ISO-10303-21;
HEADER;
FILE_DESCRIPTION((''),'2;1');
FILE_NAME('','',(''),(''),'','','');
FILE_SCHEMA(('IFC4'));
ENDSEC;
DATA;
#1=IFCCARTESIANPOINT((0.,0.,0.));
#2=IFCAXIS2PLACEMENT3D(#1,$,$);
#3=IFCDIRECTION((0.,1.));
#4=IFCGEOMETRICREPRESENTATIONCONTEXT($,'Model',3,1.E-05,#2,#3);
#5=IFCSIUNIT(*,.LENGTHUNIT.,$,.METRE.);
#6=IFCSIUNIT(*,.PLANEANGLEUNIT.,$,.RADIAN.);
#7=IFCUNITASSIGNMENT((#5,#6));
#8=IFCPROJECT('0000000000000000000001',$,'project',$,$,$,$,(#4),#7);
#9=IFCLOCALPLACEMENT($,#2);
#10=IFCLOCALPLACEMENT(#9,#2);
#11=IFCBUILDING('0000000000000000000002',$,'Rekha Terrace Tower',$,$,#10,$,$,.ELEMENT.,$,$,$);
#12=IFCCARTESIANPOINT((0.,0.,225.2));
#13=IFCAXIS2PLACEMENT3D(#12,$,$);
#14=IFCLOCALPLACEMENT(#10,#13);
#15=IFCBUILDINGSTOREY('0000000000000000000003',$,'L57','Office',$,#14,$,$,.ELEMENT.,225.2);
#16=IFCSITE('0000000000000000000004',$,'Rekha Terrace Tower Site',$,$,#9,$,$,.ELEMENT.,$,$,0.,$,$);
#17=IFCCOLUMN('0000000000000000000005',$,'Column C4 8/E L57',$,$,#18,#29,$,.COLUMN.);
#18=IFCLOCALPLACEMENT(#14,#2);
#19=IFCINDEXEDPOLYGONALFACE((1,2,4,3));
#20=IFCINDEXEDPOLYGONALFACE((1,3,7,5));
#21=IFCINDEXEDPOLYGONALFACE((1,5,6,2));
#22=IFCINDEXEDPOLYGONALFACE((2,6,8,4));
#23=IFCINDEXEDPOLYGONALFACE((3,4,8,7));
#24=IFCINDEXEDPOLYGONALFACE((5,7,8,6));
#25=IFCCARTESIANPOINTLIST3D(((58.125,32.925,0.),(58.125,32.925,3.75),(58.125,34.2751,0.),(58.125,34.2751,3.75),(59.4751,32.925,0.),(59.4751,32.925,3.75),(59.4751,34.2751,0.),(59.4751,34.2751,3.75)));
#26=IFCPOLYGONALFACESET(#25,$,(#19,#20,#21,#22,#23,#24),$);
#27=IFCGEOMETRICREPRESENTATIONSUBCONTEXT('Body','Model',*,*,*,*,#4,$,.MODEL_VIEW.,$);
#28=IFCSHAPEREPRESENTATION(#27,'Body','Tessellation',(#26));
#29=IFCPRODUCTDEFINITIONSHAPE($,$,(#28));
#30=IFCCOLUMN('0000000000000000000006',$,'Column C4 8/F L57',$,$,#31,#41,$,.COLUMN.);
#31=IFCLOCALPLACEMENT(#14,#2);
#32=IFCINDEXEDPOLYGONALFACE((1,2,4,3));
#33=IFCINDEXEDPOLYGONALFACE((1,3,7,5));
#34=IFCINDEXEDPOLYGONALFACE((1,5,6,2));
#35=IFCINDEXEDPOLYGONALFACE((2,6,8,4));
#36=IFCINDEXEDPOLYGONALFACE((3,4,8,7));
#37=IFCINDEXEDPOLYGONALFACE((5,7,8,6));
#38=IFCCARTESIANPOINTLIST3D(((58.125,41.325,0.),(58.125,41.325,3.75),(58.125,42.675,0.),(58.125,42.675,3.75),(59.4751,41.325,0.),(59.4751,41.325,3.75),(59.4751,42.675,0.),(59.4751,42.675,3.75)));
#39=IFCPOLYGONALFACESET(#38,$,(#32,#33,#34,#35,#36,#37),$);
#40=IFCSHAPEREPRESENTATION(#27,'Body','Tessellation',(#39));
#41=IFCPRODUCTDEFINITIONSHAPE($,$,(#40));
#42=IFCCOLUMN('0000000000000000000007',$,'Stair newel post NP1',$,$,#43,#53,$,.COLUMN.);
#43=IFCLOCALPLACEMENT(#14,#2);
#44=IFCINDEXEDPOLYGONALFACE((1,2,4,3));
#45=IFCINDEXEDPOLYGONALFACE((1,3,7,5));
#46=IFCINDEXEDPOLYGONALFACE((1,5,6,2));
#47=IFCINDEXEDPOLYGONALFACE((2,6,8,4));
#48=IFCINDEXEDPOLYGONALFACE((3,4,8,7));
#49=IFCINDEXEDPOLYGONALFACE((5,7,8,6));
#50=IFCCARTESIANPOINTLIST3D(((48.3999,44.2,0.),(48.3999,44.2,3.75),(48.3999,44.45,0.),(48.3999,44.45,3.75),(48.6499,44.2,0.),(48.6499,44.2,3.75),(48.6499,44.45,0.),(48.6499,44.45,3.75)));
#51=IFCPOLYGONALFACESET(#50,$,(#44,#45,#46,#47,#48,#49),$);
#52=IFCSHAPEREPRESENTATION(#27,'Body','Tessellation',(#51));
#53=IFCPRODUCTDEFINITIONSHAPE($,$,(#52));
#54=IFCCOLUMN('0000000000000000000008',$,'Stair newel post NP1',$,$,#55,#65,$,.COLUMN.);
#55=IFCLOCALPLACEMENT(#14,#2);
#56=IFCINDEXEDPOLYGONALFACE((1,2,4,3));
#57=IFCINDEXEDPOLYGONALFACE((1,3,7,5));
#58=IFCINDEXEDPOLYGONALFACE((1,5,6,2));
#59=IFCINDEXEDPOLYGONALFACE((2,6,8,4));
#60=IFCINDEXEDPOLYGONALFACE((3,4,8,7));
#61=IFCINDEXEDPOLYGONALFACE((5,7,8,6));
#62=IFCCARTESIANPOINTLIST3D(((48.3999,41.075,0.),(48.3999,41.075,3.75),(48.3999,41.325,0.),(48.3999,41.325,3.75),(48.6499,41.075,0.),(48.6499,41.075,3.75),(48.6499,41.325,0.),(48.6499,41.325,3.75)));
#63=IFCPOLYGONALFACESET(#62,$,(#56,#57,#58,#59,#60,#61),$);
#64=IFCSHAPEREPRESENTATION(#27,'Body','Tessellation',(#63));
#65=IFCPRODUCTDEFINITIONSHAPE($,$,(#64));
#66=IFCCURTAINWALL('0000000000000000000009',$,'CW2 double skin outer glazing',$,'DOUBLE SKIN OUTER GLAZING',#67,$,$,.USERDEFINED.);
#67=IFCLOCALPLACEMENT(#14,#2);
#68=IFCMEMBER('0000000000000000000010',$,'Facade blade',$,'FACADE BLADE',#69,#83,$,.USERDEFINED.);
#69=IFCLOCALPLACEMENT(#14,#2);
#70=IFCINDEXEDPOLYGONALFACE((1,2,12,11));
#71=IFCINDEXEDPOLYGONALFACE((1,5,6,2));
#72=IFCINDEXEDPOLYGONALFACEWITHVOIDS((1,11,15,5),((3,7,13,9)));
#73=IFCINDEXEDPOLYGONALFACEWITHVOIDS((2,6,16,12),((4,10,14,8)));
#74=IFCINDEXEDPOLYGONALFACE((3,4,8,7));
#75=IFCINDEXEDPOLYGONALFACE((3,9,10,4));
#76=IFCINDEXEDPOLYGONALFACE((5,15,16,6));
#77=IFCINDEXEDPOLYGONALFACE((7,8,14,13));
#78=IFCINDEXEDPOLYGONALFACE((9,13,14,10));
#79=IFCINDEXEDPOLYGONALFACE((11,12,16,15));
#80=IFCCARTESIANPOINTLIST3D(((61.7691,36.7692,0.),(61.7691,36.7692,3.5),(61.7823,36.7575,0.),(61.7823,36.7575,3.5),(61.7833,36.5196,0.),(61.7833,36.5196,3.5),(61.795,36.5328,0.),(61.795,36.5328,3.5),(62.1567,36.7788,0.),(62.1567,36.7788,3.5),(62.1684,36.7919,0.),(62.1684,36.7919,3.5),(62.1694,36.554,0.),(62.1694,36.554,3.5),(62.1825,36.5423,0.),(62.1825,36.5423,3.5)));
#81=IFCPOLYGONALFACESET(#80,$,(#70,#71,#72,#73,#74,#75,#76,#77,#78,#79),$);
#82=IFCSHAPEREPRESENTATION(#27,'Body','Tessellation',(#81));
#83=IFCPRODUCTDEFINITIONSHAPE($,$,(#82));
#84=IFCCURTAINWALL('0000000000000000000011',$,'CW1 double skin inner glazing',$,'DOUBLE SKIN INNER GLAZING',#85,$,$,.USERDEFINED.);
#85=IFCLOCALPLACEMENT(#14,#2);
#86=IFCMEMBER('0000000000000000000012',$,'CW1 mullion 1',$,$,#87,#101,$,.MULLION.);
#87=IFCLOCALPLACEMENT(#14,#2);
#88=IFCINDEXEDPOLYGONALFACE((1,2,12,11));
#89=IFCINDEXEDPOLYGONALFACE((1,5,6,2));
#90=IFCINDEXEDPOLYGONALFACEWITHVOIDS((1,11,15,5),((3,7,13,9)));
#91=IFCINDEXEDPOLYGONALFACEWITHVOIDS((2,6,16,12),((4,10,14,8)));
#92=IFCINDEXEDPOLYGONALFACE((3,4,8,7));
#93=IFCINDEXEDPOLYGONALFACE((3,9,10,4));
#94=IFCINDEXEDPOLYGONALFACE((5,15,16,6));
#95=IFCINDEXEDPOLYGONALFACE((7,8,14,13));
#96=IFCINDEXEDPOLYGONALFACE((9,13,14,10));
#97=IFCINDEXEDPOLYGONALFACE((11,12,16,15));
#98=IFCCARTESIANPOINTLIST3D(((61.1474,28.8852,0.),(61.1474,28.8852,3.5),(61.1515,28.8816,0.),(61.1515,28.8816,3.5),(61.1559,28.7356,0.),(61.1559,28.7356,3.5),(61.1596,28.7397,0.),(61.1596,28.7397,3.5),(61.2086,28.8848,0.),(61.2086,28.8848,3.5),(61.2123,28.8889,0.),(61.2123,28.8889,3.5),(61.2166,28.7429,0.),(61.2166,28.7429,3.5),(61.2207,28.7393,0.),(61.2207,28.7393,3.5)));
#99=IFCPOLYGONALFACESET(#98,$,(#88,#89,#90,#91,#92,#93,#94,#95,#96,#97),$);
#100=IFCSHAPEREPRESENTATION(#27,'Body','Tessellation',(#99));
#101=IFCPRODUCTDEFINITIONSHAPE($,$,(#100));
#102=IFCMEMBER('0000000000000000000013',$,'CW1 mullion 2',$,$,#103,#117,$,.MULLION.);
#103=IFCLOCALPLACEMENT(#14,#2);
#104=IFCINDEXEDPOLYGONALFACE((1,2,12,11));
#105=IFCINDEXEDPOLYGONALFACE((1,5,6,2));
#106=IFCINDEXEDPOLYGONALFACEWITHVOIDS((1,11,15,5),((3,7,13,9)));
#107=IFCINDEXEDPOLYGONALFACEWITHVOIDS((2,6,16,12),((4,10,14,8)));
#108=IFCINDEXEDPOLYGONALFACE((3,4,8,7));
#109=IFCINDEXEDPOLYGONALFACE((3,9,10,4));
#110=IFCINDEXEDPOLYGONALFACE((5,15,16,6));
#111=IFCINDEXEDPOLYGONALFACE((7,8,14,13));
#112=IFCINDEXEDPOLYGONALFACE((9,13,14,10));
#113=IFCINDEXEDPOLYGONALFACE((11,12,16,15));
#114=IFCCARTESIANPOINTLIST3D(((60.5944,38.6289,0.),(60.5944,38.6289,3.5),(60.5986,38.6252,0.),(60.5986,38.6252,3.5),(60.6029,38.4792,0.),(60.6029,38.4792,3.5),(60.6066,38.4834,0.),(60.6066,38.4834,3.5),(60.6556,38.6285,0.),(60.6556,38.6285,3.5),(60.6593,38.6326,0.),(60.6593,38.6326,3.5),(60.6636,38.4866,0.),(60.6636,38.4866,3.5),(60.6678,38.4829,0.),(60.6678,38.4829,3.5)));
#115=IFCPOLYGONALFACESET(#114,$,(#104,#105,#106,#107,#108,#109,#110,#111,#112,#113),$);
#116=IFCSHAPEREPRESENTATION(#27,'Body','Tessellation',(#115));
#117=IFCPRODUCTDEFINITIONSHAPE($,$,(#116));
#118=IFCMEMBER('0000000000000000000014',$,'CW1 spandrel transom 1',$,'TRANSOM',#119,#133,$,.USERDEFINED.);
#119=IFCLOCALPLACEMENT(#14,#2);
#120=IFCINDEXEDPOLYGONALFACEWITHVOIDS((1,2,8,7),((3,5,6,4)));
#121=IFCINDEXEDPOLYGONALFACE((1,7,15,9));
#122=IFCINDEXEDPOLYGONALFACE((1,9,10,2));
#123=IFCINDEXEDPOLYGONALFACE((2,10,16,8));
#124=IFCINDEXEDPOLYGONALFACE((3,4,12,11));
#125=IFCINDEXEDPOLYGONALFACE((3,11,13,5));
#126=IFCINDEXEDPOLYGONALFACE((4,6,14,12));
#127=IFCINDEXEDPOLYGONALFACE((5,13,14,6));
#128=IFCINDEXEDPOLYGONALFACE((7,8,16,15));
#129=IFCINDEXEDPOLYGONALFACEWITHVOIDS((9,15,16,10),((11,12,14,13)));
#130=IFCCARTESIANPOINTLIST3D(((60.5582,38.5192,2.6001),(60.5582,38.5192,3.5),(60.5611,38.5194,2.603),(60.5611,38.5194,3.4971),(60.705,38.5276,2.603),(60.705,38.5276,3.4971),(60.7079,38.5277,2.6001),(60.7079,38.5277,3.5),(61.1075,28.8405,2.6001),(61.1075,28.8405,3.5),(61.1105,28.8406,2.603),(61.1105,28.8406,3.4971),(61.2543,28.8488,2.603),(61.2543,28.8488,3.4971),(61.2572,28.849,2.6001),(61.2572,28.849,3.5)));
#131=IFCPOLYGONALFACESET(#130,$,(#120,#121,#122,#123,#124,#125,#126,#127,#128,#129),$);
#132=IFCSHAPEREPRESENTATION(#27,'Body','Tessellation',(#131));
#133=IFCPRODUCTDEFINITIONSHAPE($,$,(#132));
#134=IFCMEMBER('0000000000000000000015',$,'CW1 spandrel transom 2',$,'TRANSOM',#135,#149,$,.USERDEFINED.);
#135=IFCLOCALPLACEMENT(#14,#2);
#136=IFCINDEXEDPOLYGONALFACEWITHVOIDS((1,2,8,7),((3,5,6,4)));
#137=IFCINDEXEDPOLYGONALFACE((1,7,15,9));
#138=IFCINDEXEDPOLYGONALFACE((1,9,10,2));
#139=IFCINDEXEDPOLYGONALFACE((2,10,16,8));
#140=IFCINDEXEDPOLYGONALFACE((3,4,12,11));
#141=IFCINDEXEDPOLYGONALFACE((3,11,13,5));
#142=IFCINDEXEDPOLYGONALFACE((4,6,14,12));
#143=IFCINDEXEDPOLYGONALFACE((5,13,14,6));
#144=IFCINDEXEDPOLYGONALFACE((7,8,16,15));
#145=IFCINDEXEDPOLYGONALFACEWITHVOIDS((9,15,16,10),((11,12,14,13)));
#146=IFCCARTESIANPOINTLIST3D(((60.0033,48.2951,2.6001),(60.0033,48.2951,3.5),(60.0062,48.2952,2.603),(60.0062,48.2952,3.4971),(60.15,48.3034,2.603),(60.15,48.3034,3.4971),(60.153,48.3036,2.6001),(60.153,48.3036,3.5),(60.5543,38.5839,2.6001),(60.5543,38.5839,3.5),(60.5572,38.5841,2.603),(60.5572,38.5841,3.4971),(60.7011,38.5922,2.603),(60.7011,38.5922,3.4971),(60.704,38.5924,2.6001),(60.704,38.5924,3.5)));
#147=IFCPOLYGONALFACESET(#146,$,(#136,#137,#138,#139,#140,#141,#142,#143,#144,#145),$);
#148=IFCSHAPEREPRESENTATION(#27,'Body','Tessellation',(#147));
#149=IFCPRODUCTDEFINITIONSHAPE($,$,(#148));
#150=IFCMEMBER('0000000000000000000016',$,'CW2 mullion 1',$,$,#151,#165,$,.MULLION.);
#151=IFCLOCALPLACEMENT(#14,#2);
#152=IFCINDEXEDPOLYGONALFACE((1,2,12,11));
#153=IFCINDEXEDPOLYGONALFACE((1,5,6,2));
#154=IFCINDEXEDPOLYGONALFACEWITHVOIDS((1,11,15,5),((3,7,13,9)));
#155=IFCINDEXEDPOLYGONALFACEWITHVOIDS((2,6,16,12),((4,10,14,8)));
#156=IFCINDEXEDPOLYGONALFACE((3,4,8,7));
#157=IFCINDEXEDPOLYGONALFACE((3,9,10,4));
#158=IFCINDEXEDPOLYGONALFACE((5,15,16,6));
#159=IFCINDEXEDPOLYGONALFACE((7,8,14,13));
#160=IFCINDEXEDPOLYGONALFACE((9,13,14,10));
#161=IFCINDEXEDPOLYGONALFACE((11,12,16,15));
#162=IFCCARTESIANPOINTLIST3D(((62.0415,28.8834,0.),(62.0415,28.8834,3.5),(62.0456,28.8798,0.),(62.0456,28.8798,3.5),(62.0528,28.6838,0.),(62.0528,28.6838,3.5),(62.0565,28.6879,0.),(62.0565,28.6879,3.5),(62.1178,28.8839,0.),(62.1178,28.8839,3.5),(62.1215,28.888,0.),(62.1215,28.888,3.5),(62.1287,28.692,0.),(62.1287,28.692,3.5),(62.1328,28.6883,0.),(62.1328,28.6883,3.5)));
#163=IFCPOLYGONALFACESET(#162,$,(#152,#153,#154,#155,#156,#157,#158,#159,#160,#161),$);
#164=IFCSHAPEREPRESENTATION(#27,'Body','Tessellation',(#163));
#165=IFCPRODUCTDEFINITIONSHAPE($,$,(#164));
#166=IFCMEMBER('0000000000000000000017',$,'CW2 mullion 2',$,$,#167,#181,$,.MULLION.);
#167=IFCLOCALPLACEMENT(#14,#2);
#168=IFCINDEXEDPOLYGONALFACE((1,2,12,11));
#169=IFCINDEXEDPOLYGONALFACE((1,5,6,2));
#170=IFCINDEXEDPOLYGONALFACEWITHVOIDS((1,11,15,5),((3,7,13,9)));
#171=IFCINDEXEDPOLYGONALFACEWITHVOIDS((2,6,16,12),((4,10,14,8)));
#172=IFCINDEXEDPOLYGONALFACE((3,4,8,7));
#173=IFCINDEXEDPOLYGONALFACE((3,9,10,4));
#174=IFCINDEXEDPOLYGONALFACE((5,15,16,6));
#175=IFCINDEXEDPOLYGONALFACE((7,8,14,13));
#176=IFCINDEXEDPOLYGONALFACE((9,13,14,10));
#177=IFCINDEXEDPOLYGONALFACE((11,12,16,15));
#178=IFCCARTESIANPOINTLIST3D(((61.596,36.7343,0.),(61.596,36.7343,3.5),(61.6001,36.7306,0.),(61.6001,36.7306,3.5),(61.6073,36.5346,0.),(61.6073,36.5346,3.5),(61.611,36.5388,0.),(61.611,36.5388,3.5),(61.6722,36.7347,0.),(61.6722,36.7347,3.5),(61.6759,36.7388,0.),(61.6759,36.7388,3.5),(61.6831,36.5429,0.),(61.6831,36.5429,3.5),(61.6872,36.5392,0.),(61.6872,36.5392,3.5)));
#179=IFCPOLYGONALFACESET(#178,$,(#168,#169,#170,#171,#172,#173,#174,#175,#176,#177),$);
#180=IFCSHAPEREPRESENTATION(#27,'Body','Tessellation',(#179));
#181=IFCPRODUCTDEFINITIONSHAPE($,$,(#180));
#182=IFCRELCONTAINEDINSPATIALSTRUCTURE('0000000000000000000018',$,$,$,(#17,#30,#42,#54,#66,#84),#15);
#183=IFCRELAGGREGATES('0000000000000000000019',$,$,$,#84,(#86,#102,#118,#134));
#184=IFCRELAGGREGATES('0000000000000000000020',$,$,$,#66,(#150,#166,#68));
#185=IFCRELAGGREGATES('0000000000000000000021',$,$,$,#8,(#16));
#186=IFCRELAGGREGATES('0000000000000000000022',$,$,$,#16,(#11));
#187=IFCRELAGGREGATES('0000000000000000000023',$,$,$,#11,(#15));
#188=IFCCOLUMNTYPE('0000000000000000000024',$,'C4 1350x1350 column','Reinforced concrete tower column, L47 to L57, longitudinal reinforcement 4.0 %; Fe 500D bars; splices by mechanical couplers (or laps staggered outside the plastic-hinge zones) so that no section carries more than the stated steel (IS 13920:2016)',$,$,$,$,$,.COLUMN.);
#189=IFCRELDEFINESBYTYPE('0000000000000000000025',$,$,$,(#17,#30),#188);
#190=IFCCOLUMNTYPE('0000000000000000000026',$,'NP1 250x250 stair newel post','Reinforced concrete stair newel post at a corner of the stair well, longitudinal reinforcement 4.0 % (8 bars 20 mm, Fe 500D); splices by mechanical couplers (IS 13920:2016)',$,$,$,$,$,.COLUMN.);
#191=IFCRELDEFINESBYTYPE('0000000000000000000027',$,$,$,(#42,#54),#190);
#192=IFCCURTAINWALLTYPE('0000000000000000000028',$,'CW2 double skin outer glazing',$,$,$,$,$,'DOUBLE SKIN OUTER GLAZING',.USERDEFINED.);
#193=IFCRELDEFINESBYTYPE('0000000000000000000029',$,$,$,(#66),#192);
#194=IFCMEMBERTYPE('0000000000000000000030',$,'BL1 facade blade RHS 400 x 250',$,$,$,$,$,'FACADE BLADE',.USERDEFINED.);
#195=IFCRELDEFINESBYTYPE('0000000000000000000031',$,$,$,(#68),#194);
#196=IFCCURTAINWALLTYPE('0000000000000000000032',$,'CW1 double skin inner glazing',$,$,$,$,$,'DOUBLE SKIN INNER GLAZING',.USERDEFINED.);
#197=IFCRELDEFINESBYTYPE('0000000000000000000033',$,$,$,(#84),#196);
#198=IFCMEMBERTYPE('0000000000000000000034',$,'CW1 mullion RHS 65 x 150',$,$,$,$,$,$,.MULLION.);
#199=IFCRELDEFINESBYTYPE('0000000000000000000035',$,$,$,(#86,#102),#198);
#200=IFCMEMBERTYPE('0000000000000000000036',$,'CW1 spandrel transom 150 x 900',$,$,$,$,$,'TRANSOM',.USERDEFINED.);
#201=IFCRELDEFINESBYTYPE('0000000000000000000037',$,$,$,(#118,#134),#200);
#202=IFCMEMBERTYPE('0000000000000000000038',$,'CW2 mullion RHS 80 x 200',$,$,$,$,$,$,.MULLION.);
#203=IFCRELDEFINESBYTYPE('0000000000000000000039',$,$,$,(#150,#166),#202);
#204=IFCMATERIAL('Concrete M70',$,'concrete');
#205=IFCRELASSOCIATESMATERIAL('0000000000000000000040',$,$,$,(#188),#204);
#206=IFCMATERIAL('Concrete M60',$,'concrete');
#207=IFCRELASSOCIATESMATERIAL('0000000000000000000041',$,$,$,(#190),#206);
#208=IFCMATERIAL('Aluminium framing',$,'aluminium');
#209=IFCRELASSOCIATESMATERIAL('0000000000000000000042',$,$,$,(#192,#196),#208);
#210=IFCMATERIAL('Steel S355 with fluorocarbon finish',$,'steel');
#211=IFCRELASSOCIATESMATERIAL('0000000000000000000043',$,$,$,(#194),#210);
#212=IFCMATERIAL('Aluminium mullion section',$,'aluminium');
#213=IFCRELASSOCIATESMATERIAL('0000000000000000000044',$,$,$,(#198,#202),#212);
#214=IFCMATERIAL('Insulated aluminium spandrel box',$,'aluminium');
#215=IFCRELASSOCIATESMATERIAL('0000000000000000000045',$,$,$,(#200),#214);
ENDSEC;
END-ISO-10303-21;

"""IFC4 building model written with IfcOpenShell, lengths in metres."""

from ifc_helpers import new_model, si_unit, direction, frame, origin, origin_2d, place, context, subcontext, project, spatial, rectangle, hollow_rectangle, extrude, material, material_profile, profile_set, type_object, element, aggregate, save


model = new_model("IFC4")

# Units and contexts
model_context = context("Model", 3, precision=1e-05, world=origin(), true_north=direction((0.0, 1.0)))
body_context = subcontext(model_context, "Body", "Model", "MODEL_VIEW")
ifc_project = project(units=[si_unit("LENGTHUNIT", "METRE"), si_unit("PLANEANGLEUNIT", "RADIAN")], contexts=[model_context])

# Site, building, storey
site_placement = place(None, origin())
site = spatial("IfcSite", under=ifc_project, at=site_placement, Name="Rekha Terrace Tower Site", CompositionType="ELEMENT", RefElevation=0.0)
building_placement = place(site_placement, origin())
building = spatial("IfcBuilding", under=site, at=building_placement, Name="Rekha Terrace Tower", CompositionType="ELEMENT")
storey_placement = place(building_placement, frame((0.0, 0.0, 225.2)))
storey = spatial("IfcBuildingStorey", under=building, at=storey_placement, Name="L57", Description="Office", CompositionType="ELEMENT", Elevation=225.2)

# Columns
ifc_material_1 = material(Name="Concrete M70", Category="concrete")
ifc_material_profile_1 = material_profile(ifc_material_1, rectangle(XDim=1.3501, YDim=1.3501, at=origin_2d()), Name="RC 1350x1350")
ifc_profile_set_1 = profile_set([ifc_material_profile_1], Name="Concrete M70")
column_type_1 = type_object("IfcColumnType", Name="C4 1350x1350 column", Description="Reinforced concrete tower column, L47 to L57, longitudinal reinforcement 4.0 %; Fe 500D bars; splices by mechanical couplers (or laps staggered outside the plastic-hinge zones) so that no section carries more than the stated steel (IS 13920:2016)", PredefinedType="COLUMN", material=ifc_profile_set_1)
for number, where, z_axis, x_axis, name in (
    (1, (58.8, 33.6001, 0.0), (0.0, 0.0, 1.0), (1.0, 0.0, 0.0), "Column C4 8/E L57"),
    (2, (58.8, 42.0, 0.0), (0.0, 0.0, 1.0), (1.0, 0.0, 0.0), "Column C4 8/F L57"),
):
    element("IfcColumn", number, at=place(storey_placement, frame(where, z_axis=z_axis, x_axis=x_axis)), inside=storey, type_object=column_type_1, Name=name, PredefinedType="COLUMN", context=body_context, shape_type="SweptSolid", body=[
        extrude(rectangle(XDim=1.3501, YDim=1.3501, at=origin_2d()), origin(), (0.0, 0.0, 1.0), 3.75),
    ])
ifc_material_2 = material(Name="Concrete M60", Category="concrete")
ifc_material_profile_2 = material_profile(ifc_material_2, rectangle(XDim=0.25, YDim=0.25, at=origin_2d()), Name="RC 250x250")
ifc_profile_set_2 = profile_set([ifc_material_profile_2], Name="Concrete M60")
column_type_2 = type_object("IfcColumnType", Name="NP1 250x250 stair newel post", Description="Reinforced concrete stair newel post at a corner of the stair well, longitudinal reinforcement 4.0 % (8 bars 20 mm, Fe 500D); splices by mechanical couplers (IS 13920:2016)", PredefinedType="COLUMN", material=ifc_profile_set_2)
for number, where, z_axis, x_axis, name in (
    (3, (48.5249, 44.325, 0.0), (0.0, 0.0, 1.0), (1.0, 0.0, 0.0), "Stair newel post NP1"),
    (4, (48.5249, 41.2, 0.0), (0.0, 0.0, 1.0), (1.0, 0.0, 0.0), "Stair newel post NP1"),
):
    element("IfcColumn", number, at=place(storey_placement, frame(where, z_axis=z_axis, x_axis=x_axis)), inside=storey, type_object=column_type_2, Name=name, PredefinedType="COLUMN", context=body_context, shape_type="SweptSolid", body=[
        extrude(rectangle(XDim=0.25, YDim=0.25, at=origin_2d()), origin(), (0.0, 0.0, 1.0), 3.75),
    ])

# Curtain wall, member
ifc_material_3 = material(Name="Aluminium framing", Category="aluminium")
curtain_wall_type_1 = type_object("IfcCurtainWallType", Name="CW2 double skin outer glazing", ElementType="DOUBLE SKIN OUTER GLAZING", PredefinedType="USERDEFINED", material=ifc_material_3)
curtain_wall_1_placement = place(storey_placement, origin())
curtain_wall_1 = element("IfcCurtainWall", 5, at=curtain_wall_1_placement, inside=storey, type_object=curtain_wall_type_1, Name="CW2 double skin outer glazing", ObjectType="DOUBLE SKIN OUTER GLAZING", PredefinedType="USERDEFINED")
ifc_material_4 = material(Name="Steel S355 with fluorocarbon finish", Category="steel")
ifc_material_profile_3 = material_profile(ifc_material_4, hollow_rectangle(XDim=0.25, YDim=0.3999, WallThickness=0.0125, at=origin_2d()), Name="RHS400x250x12.5")
ifc_profile_set_3 = profile_set([ifc_material_profile_3], Name="Steel S355 with fluorocarbon finish")
member_type_1 = type_object("IfcMemberType", Name="BL1 facade blade RHS 400 x 250", ElementType="FACADE BLADE", PredefinedType="USERDEFINED", material=ifc_profile_set_3)
member_1_placement = place(storey_placement, frame((61.9758, 36.6558, 0.0), z_axis=(0.0, 0.0, 1.0), x_axis=(-0.056674, 0.998393, 0.0)))
member_1 = element("IfcMember", 6, at=member_1_placement, type_object=member_type_1, Name="Facade blade", ObjectType="FACADE BLADE", PredefinedType="USERDEFINED", context=body_context, shape_type="SweptSolid", body=[
    extrude(hollow_rectangle(XDim=0.25, YDim=0.3999, WallThickness=0.0125, at=origin_2d()), origin(), (0.0, 0.0, 1.0), 3.5),
])

# Curtain wall, members
curtain_wall_type_2 = type_object("IfcCurtainWallType", Name="CW1 double skin inner glazing", ElementType="DOUBLE SKIN INNER GLAZING", PredefinedType="USERDEFINED", material=ifc_material_3)
curtain_wall_2_placement = place(storey_placement, origin())
curtain_wall_2 = element("IfcCurtainWall", 7, at=curtain_wall_2_placement, inside=storey, type_object=curtain_wall_type_2, Name="CW1 double skin inner glazing", ObjectType="DOUBLE SKIN INNER GLAZING", PredefinedType="USERDEFINED")
ifc_material_5 = material(Name="Aluminium mullion section", Category="aluminium")
ifc_material_profile_4 = material_profile(ifc_material_5, hollow_rectangle(XDim=0.0649, YDim=0.1499, WallThickness=0.0039, at=origin_2d()), Name="AL RHS 65x150")
ifc_profile_set_4 = profile_set([ifc_material_profile_4], Name="Aluminium mullion section")
member_type_2 = type_object("IfcMemberType", Name="CW1 mullion RHS 65 x 150", PredefinedType="MULLION", material=ifc_profile_set_4)
member_2_placement = place(storey_placement, frame((61.1841, 28.8123, 0.0), z_axis=(0.0, 0.0, 1.0), x_axis=(-0.998393, -0.056673, 0.0)))
member_2 = element("IfcMember", 8, at=member_2_placement, type_object=member_type_2, Name="CW1 mullion 1", PredefinedType="MULLION", context=body_context, shape_type="SweptSolid", body=[
    extrude(hollow_rectangle(XDim=0.0649, YDim=0.1499, WallThickness=0.0039, at=origin_2d()), origin(), (0.0, 0.0, 1.0), 3.5),
])
member_3_placement = place(storey_placement, frame((60.6311, 38.5559, 0.0), z_axis=(0.0, 0.0, 1.0), x_axis=(-0.998393, -0.056673, 0.0)))
member_3 = element("IfcMember", 9, at=member_3_placement, type_object=member_type_2, Name="CW1 mullion 2", PredefinedType="MULLION", context=body_context, shape_type="SweptSolid", body=[
    extrude(hollow_rectangle(XDim=0.0649, YDim=0.1499, WallThickness=0.0039, at=origin_2d()), origin(), (0.0, 0.0, 1.0), 3.5),
])
ifc_material_6 = material(Name="Insulated aluminium spandrel box", Category="aluminium")
ifc_material_profile_5 = material_profile(ifc_material_6, hollow_rectangle(XDim=0.1499, YDim=0.8999, WallThickness=0.0029, at=origin_2d()), Name="AL SPANDREL BOX 150x900")
ifc_profile_set_5 = profile_set([ifc_material_profile_5], Name="Insulated aluminium spandrel box")
member_type_3 = type_object("IfcMemberType", Name="CW1 spandrel transom 150 x 900", ElementType="TRANSOM", PredefinedType="USERDEFINED", material=ifc_profile_set_5)
member_4_placement = place(storey_placement, frame((61.1824, 28.8447, 3.05), z_axis=(-0.056664, 0.998393, 0.0), x_axis=(-0.998393, -0.056664, 0.0)))
member_4 = element("IfcMember", 10, at=member_4_placement, type_object=member_type_3, Name="CW1 spandrel transom 1", ObjectType="TRANSOM", PredefinedType="USERDEFINED", context=body_context, shape_type="SweptSolid", body=[
    extrude(hollow_rectangle(XDim=0.1499, YDim=0.8999, WallThickness=0.0029, at=origin_2d()), origin(), (0.0, 0.0, 1.0), 9.6943),
])
member_5_placement = place(storey_placement, frame((60.6292, 38.5881, 3.05), z_axis=(-0.05665, 0.998394, 0.0), x_axis=(-0.998394, -0.05665, 0.0)))
member_5 = element("IfcMember", 11, at=member_5_placement, type_object=member_type_3, Name="CW1 spandrel transom 2", ObjectType="TRANSOM", PredefinedType="USERDEFINED", context=body_context, shape_type="SweptSolid", body=[
    extrude(hollow_rectangle(XDim=0.1499, YDim=0.8999, WallThickness=0.0029, at=origin_2d()), origin(), (0.0, 0.0, 1.0), 9.7268),
])

# Members
ifc_material_profile_6 = material_profile(ifc_material_5, hollow_rectangle(XDim=0.0801, YDim=0.2, WallThickness=0.0039, at=origin_2d()), Name="AL RHS 80x200")
ifc_profile_set_6 = profile_set([ifc_material_profile_6], Name="Aluminium mullion section")
member_type_4 = type_object("IfcMemberType", Name="CW2 mullion RHS 80 x 200", PredefinedType="MULLION", material=ifc_profile_set_6)
member_6_placement = place(storey_placement, frame((62.0872, 28.7859, 0.0), z_axis=(0.0, 0.0, 1.0), x_axis=(-0.998393, -0.056673, 0.0)))
member_6 = element("IfcMember", 12, at=member_6_placement, type_object=member_type_4, Name="CW2 mullion 1", PredefinedType="MULLION", context=body_context, shape_type="SweptSolid", body=[
    extrude(hollow_rectangle(XDim=0.0801, YDim=0.2, WallThickness=0.0039, at=origin_2d()), origin(), (0.0, 0.0, 1.0), 3.5),
])
member_7_placement = place(storey_placement, frame((61.6416, 36.6367, 0.0), z_axis=(0.0, 0.0, 1.0), x_axis=(-0.998393, -0.056673, 0.0)))
member_7 = element("IfcMember", 13, at=member_7_placement, type_object=member_type_4, Name="CW2 mullion 2", PredefinedType="MULLION", context=body_context, shape_type="SweptSolid", body=[
    extrude(hollow_rectangle(XDim=0.0801, YDim=0.2, WallThickness=0.0039, at=origin_2d()), origin(), (0.0, 0.0, 1.0), 3.5),
])

aggregate(curtain_wall_2, [member_2, member_3, member_4, member_5])
aggregate(curtain_wall_1, [member_6, member_7, member_1])

save(model, "model.ifc")
